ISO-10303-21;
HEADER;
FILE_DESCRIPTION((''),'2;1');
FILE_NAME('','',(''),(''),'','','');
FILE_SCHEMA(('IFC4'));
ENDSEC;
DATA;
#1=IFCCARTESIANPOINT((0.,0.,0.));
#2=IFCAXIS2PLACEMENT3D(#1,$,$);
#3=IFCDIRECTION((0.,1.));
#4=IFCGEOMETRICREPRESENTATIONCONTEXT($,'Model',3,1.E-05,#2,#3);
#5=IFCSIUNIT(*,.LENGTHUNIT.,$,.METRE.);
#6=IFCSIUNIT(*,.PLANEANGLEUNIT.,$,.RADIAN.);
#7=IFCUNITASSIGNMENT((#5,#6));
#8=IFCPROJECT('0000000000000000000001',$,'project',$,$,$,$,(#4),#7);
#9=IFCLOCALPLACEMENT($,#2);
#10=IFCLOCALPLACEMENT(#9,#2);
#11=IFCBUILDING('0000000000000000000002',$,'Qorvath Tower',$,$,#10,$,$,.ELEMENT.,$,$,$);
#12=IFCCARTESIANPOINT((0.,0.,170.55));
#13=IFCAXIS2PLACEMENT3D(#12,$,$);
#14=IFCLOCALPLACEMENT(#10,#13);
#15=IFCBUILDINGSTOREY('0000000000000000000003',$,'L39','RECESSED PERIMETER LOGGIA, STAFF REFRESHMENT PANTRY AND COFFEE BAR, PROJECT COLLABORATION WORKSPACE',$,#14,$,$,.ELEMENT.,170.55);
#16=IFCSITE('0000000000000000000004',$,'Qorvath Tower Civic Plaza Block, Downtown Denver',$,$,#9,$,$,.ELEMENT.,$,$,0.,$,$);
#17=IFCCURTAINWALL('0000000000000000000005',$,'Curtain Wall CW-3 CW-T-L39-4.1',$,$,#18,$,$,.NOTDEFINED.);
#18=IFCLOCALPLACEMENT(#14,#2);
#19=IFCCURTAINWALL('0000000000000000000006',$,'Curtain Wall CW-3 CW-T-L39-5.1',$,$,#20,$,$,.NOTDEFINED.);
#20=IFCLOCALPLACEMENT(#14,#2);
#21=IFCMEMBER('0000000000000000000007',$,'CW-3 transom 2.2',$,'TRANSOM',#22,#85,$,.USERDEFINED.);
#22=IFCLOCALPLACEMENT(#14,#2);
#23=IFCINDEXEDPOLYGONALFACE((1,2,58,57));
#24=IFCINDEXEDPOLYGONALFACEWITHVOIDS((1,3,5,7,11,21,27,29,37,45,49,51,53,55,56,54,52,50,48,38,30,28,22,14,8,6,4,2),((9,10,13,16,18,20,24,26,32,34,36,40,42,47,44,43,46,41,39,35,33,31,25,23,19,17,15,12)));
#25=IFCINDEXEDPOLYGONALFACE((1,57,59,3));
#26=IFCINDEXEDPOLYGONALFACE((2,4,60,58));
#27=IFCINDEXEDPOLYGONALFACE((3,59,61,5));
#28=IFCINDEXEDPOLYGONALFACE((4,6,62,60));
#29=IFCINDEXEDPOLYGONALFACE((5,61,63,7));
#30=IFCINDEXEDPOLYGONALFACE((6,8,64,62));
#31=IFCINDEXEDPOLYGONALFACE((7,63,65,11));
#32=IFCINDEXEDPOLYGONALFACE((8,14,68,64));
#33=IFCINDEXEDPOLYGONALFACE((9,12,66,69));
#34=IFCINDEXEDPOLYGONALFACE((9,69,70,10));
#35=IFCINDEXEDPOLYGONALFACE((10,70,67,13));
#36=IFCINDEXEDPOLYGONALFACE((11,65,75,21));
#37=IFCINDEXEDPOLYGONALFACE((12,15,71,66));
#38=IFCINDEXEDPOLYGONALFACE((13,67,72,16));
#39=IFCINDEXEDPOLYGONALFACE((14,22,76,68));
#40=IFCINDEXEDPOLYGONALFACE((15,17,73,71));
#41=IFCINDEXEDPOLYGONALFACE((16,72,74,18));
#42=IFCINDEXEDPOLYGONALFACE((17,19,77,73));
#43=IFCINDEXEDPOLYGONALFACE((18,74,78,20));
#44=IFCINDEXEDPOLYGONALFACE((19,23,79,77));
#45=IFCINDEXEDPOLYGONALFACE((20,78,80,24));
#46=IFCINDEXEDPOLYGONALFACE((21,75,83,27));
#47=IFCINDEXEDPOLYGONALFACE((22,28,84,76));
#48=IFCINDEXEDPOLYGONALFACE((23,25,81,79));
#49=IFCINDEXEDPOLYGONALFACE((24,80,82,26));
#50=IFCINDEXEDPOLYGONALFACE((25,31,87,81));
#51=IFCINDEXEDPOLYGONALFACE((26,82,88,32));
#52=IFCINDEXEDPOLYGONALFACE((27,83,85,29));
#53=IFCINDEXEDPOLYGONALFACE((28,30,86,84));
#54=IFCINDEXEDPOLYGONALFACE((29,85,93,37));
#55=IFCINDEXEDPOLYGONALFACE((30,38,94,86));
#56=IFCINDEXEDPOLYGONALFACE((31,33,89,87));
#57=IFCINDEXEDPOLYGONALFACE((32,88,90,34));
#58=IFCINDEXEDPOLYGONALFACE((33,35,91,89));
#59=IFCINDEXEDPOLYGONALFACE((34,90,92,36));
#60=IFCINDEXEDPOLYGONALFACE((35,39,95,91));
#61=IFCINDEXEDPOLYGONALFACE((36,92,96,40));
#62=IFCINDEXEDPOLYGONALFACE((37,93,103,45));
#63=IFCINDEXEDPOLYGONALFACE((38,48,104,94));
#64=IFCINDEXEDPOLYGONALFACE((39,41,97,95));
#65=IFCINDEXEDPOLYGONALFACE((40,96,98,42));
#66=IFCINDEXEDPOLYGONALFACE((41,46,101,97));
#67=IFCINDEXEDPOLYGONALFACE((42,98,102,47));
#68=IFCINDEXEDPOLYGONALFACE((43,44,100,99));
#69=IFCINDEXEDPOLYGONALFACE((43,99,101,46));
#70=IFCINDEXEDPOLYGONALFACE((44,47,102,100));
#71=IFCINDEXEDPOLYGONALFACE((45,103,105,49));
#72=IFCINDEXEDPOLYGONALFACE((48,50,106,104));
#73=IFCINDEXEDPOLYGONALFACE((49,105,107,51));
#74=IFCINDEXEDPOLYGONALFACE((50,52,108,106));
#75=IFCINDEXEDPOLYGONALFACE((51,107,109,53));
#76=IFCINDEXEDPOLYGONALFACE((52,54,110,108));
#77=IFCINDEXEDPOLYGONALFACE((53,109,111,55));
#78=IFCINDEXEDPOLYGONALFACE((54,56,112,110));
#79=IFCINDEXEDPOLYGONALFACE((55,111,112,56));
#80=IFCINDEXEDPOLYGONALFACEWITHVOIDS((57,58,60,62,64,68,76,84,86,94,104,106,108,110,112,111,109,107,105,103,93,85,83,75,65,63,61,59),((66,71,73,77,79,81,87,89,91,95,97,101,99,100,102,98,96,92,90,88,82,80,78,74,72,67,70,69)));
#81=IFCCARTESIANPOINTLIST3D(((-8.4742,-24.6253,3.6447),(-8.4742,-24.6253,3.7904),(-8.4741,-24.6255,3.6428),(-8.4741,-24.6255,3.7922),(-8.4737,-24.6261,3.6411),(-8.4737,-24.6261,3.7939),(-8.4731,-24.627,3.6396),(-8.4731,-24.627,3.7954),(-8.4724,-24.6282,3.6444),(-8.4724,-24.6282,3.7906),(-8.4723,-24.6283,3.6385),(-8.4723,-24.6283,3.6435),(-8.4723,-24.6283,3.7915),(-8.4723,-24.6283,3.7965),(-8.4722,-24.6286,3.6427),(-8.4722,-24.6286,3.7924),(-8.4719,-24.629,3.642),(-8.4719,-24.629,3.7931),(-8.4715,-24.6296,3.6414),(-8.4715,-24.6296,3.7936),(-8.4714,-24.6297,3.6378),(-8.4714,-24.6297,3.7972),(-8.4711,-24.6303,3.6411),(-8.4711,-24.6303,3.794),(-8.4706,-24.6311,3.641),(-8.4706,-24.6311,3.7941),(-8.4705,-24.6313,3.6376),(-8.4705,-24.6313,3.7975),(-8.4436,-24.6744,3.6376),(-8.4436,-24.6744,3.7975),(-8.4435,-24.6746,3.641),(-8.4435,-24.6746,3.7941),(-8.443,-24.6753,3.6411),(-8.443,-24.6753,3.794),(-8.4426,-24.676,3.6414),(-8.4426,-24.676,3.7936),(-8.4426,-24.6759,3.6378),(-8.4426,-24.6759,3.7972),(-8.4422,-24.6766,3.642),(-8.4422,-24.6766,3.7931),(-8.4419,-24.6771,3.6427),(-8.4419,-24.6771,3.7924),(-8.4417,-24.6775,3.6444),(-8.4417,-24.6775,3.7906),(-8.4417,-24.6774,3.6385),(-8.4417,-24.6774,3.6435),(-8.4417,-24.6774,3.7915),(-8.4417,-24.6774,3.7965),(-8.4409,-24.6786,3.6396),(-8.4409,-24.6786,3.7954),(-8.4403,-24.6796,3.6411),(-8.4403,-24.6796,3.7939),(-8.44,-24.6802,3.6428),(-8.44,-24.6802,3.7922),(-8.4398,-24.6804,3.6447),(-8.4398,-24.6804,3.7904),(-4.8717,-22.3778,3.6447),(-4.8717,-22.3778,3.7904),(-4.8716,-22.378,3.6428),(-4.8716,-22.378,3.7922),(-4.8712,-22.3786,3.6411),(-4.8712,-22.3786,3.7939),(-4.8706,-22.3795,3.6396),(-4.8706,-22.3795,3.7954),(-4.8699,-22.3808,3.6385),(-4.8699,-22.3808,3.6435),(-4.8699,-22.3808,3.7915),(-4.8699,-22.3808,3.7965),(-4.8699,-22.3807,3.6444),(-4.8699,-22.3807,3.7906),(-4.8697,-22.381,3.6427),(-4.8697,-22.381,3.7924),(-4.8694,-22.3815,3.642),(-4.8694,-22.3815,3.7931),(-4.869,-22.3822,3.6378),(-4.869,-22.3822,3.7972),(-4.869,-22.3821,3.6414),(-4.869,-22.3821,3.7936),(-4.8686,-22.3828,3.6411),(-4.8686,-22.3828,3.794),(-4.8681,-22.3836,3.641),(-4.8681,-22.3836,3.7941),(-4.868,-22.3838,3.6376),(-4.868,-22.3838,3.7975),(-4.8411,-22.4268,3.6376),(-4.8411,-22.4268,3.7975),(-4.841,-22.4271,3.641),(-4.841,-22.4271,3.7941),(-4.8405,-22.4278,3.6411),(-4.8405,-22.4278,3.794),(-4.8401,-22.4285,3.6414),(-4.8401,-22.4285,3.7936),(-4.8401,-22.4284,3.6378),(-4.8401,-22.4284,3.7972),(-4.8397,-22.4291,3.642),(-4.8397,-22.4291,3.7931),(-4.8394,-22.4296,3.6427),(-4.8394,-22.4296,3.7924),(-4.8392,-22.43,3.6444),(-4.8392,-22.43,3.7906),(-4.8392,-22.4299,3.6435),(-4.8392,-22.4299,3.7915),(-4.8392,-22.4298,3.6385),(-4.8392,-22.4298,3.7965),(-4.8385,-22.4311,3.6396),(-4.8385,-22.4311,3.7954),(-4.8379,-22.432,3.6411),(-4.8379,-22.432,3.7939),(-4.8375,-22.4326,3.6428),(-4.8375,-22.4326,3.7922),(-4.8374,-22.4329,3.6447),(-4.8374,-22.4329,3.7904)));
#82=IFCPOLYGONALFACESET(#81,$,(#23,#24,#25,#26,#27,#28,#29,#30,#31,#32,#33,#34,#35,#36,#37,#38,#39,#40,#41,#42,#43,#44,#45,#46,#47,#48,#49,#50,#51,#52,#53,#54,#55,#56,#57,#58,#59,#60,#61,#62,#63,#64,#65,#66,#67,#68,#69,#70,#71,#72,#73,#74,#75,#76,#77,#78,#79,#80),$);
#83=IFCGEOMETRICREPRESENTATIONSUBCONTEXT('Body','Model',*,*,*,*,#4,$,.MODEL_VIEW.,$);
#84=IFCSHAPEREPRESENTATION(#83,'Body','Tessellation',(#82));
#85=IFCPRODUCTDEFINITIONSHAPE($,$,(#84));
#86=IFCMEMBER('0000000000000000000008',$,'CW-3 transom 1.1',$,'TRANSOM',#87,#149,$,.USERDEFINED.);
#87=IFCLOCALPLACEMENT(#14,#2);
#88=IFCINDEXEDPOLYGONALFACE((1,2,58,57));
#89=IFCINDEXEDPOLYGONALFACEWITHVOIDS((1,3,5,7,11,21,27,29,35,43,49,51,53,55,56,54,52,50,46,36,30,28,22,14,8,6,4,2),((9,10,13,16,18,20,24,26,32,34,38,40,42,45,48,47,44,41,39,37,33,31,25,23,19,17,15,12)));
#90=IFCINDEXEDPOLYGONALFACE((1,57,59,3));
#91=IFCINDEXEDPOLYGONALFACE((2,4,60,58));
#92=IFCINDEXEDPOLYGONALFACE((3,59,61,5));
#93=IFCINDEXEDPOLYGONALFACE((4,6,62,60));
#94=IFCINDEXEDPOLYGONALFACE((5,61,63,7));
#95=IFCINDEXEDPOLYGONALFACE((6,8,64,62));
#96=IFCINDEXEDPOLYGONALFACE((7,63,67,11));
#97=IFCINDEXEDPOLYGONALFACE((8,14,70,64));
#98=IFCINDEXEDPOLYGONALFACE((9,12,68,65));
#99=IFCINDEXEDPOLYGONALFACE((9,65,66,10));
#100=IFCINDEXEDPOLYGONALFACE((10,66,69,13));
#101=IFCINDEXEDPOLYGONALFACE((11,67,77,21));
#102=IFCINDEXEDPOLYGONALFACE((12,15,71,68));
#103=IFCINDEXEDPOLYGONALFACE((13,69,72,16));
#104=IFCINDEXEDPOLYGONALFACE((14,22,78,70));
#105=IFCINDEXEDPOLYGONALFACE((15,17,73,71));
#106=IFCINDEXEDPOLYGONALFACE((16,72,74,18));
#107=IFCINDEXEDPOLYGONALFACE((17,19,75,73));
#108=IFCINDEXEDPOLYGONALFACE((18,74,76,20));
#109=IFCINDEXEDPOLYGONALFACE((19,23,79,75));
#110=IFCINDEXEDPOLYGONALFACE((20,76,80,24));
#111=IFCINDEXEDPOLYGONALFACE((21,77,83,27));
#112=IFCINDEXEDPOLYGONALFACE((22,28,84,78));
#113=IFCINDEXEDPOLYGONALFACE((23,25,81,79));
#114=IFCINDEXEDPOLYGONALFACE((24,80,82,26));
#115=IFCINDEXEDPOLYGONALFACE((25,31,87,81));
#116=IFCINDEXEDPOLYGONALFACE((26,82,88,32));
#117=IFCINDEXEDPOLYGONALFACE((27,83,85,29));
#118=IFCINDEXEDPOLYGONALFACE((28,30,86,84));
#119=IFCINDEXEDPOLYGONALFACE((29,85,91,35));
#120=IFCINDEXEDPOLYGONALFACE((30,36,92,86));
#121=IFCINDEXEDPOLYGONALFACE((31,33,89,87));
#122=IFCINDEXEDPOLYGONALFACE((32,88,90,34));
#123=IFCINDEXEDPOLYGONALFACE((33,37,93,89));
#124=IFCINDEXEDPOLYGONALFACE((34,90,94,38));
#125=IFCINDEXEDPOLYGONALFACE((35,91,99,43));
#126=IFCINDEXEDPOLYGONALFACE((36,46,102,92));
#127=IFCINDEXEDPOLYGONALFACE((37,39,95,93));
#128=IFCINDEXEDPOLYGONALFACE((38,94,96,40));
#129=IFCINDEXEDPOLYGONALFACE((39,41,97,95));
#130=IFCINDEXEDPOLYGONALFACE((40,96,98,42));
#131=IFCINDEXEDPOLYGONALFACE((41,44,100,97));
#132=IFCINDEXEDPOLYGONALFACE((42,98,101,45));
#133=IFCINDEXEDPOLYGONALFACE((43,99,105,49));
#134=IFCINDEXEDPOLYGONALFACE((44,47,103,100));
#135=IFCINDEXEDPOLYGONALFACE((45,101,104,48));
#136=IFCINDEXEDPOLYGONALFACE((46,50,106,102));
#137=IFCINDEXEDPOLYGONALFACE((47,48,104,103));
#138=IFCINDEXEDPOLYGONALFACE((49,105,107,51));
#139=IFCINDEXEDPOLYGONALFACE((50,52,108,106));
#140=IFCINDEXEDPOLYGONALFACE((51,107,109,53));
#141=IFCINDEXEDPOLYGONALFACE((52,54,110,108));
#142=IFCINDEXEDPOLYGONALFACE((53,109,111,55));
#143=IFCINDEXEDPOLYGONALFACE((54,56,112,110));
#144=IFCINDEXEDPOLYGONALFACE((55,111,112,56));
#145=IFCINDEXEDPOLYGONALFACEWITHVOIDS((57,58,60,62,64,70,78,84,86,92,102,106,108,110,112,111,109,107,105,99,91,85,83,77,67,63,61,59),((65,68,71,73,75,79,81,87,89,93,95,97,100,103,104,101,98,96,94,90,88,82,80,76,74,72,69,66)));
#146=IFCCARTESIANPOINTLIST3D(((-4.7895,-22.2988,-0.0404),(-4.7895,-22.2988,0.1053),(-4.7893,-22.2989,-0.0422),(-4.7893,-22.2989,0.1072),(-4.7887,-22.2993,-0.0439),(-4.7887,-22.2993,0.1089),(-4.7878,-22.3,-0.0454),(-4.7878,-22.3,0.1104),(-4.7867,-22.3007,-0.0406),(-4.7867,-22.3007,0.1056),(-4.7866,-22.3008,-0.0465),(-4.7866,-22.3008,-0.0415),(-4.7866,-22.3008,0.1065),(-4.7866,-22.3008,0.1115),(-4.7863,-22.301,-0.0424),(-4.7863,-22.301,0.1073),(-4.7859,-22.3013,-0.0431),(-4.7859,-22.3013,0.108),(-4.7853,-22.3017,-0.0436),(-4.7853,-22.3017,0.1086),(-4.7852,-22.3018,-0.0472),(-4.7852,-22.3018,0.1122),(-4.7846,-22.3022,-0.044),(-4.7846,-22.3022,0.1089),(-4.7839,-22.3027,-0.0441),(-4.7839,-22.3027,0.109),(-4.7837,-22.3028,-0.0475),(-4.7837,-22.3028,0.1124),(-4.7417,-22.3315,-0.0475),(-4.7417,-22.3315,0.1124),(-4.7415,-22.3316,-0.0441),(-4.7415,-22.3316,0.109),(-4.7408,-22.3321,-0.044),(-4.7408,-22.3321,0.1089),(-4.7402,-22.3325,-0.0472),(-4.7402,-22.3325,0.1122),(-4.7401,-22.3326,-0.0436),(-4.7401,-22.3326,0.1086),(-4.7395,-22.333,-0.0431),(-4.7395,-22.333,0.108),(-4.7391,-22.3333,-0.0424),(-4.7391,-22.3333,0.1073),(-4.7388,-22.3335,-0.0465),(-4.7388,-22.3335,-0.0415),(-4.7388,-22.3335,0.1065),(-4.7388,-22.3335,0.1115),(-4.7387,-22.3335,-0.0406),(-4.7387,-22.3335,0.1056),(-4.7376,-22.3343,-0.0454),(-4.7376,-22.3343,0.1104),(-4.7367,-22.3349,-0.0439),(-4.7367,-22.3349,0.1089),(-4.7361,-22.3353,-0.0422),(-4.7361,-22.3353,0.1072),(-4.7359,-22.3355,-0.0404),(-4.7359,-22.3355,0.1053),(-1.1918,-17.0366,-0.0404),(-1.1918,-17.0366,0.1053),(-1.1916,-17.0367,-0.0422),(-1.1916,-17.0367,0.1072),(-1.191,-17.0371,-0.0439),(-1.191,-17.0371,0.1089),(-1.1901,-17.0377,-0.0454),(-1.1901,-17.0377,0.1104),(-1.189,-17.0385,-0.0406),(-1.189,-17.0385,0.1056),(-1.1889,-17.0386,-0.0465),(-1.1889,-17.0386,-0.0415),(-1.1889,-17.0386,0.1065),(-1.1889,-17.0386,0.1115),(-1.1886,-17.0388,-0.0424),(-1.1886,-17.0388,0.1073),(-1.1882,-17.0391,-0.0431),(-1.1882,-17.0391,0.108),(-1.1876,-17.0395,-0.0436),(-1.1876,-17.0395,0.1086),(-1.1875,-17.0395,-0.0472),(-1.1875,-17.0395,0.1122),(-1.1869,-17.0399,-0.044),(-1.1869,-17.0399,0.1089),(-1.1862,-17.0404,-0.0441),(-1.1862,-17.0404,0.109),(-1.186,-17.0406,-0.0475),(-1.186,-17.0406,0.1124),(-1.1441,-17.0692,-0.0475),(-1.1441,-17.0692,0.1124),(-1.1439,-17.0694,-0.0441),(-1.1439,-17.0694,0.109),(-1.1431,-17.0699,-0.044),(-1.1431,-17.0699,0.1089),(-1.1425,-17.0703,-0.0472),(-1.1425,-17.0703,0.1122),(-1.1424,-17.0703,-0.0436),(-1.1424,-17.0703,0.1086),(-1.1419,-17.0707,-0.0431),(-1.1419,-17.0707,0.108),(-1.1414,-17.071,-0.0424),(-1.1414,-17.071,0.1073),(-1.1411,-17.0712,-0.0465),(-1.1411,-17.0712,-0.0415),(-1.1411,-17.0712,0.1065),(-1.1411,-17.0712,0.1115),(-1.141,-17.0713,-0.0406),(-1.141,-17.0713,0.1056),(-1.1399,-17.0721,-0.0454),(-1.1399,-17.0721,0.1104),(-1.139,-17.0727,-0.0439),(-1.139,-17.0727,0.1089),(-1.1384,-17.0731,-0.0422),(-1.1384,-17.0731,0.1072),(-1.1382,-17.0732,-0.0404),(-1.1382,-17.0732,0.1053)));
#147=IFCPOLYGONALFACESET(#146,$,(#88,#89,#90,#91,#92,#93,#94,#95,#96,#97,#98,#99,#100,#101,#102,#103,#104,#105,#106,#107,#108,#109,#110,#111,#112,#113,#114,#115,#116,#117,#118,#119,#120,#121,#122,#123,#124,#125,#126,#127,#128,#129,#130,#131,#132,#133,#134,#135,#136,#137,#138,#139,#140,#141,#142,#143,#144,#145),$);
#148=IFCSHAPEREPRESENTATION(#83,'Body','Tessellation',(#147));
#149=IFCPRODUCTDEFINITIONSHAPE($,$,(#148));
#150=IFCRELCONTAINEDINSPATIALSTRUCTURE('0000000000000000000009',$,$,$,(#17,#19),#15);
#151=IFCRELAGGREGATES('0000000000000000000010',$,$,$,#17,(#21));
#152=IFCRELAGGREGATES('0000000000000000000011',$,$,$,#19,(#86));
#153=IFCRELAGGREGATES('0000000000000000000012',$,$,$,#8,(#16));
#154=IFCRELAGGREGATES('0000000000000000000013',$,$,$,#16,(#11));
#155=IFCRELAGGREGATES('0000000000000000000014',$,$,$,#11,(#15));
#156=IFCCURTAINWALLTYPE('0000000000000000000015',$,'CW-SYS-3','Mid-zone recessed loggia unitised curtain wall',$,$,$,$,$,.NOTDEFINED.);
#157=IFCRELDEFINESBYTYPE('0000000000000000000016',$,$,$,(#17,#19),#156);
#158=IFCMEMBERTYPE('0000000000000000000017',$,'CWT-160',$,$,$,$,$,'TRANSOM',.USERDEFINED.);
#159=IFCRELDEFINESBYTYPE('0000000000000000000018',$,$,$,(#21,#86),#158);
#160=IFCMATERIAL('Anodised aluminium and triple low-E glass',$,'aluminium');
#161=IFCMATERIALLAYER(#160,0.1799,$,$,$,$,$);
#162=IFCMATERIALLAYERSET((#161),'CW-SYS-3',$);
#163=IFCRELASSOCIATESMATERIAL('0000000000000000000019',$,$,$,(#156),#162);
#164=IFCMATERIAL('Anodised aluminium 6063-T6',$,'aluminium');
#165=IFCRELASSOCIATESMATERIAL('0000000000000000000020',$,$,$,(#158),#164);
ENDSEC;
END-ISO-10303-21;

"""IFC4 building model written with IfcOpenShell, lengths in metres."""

from ifc_helpers import new_model, si_unit, direction, frame, origin, origin_2d, place, context, subcontext, project, spatial, hollow_rectangle, extrude, material, layer, layer_set, material_profile, profile_set, type_object, element, aggregate, save


model = new_model("IFC4")

# Units and contexts
model_context = context("Model", 3, precision=1e-05, world=origin(), true_north=direction((0.0, 1.0)))
body_context = subcontext(model_context, "Body", "Model", "MODEL_VIEW")
ifc_project = project(units=[si_unit("LENGTHUNIT", "METRE"), si_unit("PLANEANGLEUNIT", "RADIAN")], contexts=[model_context])

# Site, building, storey
site_placement = place(None, origin())
site = spatial("IfcSite", under=ifc_project, at=site_placement, Name="Qorvath Tower Civic Plaza Block, Downtown Denver", CompositionType="ELEMENT", RefElevation=0.0)
building_placement = place(site_placement, origin())
building = spatial("IfcBuilding", under=site, at=building_placement, Name="Qorvath Tower", CompositionType="ELEMENT")
storey_placement = place(building_placement, frame((0.0, 0.0, 170.55)))
storey = spatial("IfcBuildingStorey", under=building, at=storey_placement, Name="L39", Description="RECESSED PERIMETER LOGGIA, STAFF REFRESHMENT PANTRY AND COFFEE BAR, PROJECT COLLABORATION WORKSPACE", CompositionType="ELEMENT", Elevation=170.55)

# Curtain walls
ifc_material_1 = material(Name="Anodised aluminium and triple low-E glass", Category="aluminium")
ifc_layer_1 = layer(ifc_material_1, 0.1799)
ifc_layer_set_1 = layer_set([ifc_layer_1], Name="CW-SYS-3")
curtain_wall_type = type_object("IfcCurtainWallType", Name="CW-SYS-3", Description="Mid-zone recessed loggia unitised curtain wall", PredefinedType="NOTDEFINED", material=ifc_layer_set_1)
curtain_wall_1_placement = place(storey_placement, origin())
curtain_wall_1 = element("IfcCurtainWall", 1, at=curtain_wall_1_placement, inside=storey, type_object=curtain_wall_type, Name="Curtain Wall CW-3 CW-T-L39-4.1", PredefinedType="NOTDEFINED")
curtain_wall_2_placement = place(storey_placement, origin())
curtain_wall_2 = element("IfcCurtainWall", 2, at=curtain_wall_2_placement, inside=storey, type_object=curtain_wall_type, Name="Curtain Wall CW-3 CW-T-L39-5.1", PredefinedType="NOTDEFINED")

# Members
ifc_material_2 = material(Name="Anodised aluminium 6063-T6", Category="aluminium")
ifc_material_profile_1 = material_profile(ifc_material_2, hollow_rectangle(XDim=0.0649, YDim=0.1599, WallThickness=0.0034, InnerFilletRadius=0.0034, OuterFilletRadius=0.0071, at=origin_2d()), Name="CWT 160x65")
ifc_profile_set_1 = profile_set([ifc_material_profile_1], Name="Anodised aluminium 6063-T6")
member_type_1 = type_object("IfcMemberType", Name="CWT-160", ElementType="TRANSOM", PredefinedType="USERDEFINED", material=ifc_profile_set_1)
member_1_placement = place(storey_placement, frame((-8.457, -24.6528, 3.7175), z_axis=(0.848424, 0.529317, 0.0), x_axis=(-0.529317, 0.848424, 0.0)))
member_1 = element("IfcMember", 3, at=member_1_placement, type_object=member_type_1, Name="CW-3 transom 2.2", ObjectType="TRANSOM", PredefinedType="USERDEFINED", context=body_context, shape_type="SweptSolid", body=[
    extrude(hollow_rectangle(XDim=0.0649, YDim=0.1599, WallThickness=0.0034, InnerFilletRadius=0.0034, OuterFilletRadius=0.0071, at=origin_2d()), origin(), (0.0, 0.0, 1.0), 4.2461),
])
member_2_placement = place(storey_placement, frame((-4.7627, -22.3171, 0.0325), z_axis=(0.564385, 0.825512, 0.0), x_axis=(-0.825512, 0.564385, 0.0)))
member_2 = element("IfcMember", 4, at=member_2_placement, type_object=member_type_1, Name="CW-3 transom 1.1", ObjectType="TRANSOM", PredefinedType="USERDEFINED", context=body_context, shape_type="SweptSolid", body=[
    extrude(hollow_rectangle(XDim=0.0649, YDim=0.1599, WallThickness=0.0034, InnerFilletRadius=0.0034, OuterFilletRadius=0.0071, at=origin_2d()), origin(), (0.0, 0.0, 1.0), 6.3745),
])

aggregate(curtain_wall_1, [member_1])
aggregate(curtain_wall_2, [member_2])

save(model, "model.ifc")
